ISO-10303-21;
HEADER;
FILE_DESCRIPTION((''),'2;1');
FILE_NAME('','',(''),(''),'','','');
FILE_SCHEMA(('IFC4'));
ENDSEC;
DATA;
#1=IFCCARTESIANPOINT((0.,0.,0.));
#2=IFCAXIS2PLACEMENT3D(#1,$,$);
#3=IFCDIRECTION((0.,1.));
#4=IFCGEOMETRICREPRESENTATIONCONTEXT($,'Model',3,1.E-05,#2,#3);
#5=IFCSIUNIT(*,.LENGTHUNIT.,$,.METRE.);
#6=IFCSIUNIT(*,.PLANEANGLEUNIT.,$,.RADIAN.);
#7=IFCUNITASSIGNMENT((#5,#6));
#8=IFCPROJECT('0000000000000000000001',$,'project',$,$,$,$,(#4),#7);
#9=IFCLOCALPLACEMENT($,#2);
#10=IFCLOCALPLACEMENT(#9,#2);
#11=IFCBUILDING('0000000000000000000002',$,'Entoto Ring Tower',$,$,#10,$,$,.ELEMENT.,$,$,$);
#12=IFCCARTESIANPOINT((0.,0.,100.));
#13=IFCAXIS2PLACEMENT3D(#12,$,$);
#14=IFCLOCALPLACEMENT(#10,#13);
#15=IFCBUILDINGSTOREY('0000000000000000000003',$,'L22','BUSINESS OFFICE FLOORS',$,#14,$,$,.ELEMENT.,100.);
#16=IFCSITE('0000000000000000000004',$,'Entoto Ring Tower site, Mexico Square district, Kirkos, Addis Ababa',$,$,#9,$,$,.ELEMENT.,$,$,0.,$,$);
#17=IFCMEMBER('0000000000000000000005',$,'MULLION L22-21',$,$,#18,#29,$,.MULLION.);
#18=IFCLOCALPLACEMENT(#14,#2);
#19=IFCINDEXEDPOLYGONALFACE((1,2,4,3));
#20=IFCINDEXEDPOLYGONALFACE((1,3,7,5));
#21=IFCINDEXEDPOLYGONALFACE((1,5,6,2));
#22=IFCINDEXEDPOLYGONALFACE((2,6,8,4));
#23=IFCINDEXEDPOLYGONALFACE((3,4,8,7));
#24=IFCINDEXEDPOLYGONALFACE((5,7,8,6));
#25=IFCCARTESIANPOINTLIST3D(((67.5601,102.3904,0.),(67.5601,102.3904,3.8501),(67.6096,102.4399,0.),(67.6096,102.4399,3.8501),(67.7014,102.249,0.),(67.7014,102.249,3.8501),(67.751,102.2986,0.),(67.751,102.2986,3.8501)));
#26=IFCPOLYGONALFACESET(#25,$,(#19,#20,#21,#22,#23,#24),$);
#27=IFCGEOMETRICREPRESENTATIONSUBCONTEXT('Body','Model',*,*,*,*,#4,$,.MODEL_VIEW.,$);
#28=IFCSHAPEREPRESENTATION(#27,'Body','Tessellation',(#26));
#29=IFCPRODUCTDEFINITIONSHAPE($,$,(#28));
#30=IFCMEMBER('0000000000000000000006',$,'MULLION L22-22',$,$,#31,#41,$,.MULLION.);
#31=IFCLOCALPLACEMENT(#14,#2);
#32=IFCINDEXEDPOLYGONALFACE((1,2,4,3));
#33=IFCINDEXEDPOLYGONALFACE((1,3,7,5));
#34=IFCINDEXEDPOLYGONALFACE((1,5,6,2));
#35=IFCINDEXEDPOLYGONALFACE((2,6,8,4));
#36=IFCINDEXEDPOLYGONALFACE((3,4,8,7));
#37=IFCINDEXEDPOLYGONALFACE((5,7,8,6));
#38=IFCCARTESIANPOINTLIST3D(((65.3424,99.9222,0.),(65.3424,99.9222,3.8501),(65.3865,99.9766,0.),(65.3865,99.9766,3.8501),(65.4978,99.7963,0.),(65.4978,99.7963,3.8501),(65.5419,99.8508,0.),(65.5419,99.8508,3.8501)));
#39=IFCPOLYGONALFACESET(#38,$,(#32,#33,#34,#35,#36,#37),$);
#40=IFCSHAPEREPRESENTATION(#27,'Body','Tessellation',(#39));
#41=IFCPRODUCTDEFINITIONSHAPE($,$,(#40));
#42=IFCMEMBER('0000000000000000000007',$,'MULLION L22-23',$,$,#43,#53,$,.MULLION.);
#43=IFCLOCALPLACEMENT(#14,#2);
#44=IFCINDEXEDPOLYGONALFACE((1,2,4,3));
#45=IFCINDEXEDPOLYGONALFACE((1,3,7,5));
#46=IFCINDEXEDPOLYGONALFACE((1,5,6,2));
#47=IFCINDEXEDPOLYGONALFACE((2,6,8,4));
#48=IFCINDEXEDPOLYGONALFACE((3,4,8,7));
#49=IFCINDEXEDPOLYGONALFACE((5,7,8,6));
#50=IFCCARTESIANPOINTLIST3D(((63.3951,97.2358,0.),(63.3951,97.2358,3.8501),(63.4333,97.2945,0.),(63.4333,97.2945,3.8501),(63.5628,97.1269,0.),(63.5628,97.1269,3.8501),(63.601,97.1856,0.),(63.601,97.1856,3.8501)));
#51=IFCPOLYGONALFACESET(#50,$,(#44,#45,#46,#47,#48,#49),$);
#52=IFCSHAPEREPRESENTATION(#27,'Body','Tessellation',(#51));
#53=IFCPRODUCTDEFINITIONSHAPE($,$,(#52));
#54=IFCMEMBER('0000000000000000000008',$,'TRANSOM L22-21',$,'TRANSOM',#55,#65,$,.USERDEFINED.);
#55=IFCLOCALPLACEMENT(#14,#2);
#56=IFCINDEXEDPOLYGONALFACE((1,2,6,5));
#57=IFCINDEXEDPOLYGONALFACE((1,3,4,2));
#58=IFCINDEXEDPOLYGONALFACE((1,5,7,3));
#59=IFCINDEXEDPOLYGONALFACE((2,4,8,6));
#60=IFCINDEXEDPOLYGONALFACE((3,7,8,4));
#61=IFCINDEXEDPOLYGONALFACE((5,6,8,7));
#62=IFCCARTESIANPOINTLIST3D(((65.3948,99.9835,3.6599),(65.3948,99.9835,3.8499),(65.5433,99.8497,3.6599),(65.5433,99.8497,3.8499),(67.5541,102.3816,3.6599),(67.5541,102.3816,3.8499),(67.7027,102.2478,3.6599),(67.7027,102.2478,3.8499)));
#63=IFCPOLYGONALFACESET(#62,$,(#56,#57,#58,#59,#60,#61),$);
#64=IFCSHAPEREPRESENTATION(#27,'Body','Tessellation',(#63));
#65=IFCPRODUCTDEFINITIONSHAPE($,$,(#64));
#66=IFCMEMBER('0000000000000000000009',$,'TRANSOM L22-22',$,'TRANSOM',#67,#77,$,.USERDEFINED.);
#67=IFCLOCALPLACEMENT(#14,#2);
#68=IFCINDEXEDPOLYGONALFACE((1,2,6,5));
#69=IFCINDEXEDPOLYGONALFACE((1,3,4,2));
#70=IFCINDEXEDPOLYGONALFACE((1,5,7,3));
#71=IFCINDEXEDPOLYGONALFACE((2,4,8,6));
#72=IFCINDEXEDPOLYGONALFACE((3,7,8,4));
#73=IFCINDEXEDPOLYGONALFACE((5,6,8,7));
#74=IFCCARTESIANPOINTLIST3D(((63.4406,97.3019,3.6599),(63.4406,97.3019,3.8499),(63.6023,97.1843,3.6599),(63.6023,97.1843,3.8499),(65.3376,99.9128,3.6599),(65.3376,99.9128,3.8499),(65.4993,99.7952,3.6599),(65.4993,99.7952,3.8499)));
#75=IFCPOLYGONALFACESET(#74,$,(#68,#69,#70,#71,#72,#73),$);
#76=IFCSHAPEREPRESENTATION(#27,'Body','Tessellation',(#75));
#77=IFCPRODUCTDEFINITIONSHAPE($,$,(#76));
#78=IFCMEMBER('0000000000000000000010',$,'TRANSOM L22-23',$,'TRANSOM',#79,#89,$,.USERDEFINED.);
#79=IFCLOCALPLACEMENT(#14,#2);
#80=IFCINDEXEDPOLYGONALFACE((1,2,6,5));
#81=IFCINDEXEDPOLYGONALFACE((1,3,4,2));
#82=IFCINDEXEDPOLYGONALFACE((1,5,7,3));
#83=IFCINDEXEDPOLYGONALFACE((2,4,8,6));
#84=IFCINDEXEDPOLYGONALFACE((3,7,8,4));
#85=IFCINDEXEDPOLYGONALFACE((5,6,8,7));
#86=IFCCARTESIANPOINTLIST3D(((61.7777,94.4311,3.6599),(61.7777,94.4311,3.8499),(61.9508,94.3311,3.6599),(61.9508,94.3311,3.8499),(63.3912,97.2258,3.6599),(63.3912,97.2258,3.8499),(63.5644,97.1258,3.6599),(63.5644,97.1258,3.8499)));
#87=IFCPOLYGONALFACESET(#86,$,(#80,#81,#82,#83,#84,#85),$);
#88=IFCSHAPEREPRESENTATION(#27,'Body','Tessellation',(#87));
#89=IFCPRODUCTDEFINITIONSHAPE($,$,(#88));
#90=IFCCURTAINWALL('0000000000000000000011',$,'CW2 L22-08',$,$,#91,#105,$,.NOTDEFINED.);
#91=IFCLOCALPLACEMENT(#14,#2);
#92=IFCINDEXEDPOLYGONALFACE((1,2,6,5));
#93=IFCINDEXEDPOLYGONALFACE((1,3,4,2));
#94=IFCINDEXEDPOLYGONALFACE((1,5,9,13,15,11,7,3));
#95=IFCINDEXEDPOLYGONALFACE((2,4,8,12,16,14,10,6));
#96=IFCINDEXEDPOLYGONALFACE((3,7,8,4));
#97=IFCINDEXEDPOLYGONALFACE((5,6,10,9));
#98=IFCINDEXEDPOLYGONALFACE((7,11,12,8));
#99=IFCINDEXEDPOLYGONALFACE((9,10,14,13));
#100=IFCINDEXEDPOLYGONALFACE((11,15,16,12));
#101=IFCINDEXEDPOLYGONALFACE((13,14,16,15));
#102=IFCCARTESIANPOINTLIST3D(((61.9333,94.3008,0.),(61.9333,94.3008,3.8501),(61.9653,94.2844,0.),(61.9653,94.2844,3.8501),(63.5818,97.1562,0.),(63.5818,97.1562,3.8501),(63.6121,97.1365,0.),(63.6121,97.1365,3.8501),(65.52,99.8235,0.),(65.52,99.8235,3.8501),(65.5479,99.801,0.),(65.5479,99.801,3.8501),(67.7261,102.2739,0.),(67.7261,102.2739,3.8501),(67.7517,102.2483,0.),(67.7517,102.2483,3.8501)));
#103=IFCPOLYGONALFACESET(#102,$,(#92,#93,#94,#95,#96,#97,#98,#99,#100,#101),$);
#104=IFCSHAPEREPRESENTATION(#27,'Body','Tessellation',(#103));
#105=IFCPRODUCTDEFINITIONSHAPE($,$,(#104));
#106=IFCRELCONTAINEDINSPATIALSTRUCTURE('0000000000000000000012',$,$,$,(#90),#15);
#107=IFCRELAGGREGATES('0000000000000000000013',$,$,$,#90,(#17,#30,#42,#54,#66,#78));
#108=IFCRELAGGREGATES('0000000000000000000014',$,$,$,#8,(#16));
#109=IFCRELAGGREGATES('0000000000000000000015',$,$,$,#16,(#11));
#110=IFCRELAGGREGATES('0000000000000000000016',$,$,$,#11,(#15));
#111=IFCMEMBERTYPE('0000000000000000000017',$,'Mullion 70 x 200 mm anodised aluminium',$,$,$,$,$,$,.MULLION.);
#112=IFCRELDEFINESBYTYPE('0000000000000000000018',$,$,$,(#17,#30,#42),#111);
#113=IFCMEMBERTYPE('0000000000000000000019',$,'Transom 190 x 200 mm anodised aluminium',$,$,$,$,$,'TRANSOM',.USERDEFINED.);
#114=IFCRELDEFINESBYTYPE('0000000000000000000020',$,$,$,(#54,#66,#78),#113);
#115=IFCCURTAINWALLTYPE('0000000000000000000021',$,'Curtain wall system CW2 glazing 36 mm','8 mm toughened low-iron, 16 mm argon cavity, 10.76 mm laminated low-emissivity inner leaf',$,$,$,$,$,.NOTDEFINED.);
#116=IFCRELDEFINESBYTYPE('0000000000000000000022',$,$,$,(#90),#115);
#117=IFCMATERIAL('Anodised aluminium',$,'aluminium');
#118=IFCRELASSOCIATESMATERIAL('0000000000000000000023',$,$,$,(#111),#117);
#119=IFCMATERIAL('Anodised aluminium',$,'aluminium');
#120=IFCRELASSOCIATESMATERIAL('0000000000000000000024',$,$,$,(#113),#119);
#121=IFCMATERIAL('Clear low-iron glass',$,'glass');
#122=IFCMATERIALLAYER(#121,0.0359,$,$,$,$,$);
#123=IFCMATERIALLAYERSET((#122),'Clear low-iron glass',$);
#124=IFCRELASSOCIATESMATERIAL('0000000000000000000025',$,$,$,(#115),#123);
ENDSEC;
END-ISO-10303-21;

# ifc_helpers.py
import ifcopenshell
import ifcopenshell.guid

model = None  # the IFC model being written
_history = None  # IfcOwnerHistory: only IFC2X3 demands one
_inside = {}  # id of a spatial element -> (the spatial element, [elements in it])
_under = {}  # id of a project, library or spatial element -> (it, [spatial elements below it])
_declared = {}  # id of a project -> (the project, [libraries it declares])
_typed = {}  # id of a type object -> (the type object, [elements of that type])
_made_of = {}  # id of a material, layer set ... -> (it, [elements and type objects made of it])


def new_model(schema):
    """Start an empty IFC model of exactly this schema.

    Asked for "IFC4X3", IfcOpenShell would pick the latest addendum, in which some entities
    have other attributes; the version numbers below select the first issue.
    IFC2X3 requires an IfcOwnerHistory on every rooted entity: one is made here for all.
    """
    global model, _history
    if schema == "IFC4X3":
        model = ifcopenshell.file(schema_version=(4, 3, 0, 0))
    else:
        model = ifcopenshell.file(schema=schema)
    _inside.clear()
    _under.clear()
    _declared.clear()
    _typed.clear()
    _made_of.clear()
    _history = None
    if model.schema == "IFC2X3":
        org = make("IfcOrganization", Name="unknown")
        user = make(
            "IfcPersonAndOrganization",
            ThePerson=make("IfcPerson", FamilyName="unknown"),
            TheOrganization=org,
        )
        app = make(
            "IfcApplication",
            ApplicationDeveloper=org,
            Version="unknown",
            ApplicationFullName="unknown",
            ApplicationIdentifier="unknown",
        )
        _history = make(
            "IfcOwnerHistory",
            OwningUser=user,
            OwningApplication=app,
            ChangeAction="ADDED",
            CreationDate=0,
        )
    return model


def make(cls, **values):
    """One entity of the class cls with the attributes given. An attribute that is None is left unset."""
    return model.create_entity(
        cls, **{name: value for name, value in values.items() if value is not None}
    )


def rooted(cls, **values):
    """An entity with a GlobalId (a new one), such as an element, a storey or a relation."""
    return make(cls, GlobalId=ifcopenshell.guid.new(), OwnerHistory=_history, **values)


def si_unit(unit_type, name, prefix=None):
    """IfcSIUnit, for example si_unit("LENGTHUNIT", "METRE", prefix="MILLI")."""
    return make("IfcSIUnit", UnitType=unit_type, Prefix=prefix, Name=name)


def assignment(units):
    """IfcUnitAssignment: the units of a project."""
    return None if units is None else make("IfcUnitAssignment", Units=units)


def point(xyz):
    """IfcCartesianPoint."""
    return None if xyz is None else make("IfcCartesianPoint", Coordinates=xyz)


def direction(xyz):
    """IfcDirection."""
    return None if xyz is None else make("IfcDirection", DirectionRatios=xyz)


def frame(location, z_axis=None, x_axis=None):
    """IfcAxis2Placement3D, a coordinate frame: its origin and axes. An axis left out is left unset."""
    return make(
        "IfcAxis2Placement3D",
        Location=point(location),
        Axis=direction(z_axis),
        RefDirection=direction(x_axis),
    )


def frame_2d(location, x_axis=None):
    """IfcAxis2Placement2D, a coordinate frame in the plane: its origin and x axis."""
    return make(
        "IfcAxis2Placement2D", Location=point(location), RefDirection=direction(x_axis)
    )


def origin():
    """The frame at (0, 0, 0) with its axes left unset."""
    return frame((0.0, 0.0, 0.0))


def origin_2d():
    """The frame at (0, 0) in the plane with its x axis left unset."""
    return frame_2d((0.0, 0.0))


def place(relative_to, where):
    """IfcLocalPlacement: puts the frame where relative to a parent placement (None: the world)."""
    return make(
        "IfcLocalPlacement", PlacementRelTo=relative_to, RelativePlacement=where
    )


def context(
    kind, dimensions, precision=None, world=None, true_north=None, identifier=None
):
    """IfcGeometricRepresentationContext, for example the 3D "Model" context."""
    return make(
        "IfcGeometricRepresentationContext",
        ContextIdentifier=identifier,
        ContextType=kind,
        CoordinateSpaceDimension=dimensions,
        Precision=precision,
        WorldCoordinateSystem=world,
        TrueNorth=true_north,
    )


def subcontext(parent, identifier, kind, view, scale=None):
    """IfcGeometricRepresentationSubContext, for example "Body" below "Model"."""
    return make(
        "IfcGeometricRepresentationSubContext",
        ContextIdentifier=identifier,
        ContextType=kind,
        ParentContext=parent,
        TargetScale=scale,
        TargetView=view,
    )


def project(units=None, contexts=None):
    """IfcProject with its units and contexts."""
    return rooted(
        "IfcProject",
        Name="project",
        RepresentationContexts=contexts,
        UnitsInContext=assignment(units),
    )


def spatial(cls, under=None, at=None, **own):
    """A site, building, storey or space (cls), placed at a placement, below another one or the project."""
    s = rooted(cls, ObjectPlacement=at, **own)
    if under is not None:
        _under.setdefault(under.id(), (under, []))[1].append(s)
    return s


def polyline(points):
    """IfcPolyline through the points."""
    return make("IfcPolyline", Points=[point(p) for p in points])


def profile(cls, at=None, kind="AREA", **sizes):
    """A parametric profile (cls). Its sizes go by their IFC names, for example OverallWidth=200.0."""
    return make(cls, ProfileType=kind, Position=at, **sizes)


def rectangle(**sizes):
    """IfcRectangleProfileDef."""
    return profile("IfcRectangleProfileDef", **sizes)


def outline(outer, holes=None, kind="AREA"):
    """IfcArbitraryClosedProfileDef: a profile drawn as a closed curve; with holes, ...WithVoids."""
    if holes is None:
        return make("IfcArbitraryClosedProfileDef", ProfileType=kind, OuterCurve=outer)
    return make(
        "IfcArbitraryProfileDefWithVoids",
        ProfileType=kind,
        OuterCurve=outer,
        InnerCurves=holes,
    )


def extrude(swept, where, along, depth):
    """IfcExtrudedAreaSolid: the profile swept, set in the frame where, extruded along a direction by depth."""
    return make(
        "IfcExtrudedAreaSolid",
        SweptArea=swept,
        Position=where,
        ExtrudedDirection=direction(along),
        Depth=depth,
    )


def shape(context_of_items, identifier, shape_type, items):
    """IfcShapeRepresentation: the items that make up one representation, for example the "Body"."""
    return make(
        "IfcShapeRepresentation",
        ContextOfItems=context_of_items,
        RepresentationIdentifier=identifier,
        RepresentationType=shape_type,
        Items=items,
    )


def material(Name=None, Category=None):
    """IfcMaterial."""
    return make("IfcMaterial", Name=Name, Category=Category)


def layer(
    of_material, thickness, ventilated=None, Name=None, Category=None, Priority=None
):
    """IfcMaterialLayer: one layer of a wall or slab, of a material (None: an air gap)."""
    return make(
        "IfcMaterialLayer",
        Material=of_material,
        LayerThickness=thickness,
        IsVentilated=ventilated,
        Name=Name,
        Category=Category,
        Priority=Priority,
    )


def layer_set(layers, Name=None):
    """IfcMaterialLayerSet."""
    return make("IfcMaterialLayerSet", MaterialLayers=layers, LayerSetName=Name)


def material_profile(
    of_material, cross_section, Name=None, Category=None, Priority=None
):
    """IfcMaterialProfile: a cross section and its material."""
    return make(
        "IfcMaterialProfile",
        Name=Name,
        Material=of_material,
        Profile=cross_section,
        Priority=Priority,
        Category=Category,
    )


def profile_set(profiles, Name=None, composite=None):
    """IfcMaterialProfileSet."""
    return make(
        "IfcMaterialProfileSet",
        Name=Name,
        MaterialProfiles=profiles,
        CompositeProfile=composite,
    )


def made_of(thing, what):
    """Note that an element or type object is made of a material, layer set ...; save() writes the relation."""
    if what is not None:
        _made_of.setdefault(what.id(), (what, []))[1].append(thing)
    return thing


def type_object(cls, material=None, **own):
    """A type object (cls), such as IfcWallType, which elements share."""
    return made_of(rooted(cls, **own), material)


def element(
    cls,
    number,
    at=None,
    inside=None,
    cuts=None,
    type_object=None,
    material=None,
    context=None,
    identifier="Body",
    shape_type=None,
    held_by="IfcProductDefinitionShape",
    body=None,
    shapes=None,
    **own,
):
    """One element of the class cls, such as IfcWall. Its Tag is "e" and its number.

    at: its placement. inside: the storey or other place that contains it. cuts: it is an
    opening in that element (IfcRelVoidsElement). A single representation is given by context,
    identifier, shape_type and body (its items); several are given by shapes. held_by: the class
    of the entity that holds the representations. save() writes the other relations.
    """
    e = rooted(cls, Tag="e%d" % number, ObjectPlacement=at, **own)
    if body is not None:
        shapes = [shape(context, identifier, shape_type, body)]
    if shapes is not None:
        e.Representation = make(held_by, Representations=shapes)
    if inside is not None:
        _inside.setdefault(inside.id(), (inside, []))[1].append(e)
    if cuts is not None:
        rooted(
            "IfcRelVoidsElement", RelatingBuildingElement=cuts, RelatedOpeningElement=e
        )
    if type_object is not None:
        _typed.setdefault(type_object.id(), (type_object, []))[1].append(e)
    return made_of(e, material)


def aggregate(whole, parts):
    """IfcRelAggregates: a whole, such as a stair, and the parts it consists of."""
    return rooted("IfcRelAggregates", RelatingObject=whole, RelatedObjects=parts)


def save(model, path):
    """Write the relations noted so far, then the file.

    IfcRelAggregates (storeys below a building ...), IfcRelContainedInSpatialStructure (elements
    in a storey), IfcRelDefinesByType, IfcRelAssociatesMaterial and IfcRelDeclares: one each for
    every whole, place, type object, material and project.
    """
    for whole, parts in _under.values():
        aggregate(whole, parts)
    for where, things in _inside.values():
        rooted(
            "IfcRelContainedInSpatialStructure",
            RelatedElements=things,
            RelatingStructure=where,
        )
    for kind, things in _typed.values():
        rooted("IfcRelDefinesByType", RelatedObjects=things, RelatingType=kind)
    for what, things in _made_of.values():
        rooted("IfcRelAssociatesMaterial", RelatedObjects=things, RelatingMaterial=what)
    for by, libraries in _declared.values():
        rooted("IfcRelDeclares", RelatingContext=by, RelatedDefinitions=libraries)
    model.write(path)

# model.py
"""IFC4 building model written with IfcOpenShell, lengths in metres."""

from ifc_helpers import new_model, si_unit, direction, frame, origin, origin_2d, place, context, subcontext, project, spatial, polyline, rectangle, outline, extrude, material, layer, layer_set, material_profile, profile_set, type_object, element, aggregate, save


model = new_model("IFC4")

# Units and contexts
model_context = context("Model", 3, precision=1e-05, world=origin(), true_north=direction((0.0, 1.0)))
body_context = subcontext(model_context, "Body", "Model", "MODEL_VIEW")
ifc_project = project(units=[si_unit("LENGTHUNIT", "METRE"), si_unit("PLANEANGLEUNIT", "RADIAN")], contexts=[model_context])

# Members
ifc_material_1 = material(Name="Anodised aluminium", Category="aluminium")
ifc_material_profile_1 = material_profile(ifc_material_1, rectangle(XDim=0.0701, YDim=0.2, at=origin_2d()), Name="Mullion 70 x 200 mm anodised aluminium")
ifc_profile_set_1 = profile_set([ifc_material_profile_1], Name="Anodised aluminium")
member_type_1 = type_object("IfcMemberType", Name="Mullion 70 x 200 mm anodised aluminium", PredefinedType="MULLION", material=ifc_profile_set_1)
site_placement = place(None, origin())
building_placement = place(site_placement, origin())
storey_placement = place(building_placement, frame((0.0, 0.0, 100.0)))
member_1_placement = place(storey_placement, frame((67.6555, 102.3445, 0.0), z_axis=(0.0, 0.0, 1.0), x_axis=(-0.707107, -0.707107, 0.0)))
member_1 = element("IfcMember", 1, at=member_1_placement, type_object=member_type_1, Name="MULLION L22-21", PredefinedType="MULLION", context=body_context, shape_type="SweptSolid", body=[
    extrude(rectangle(XDim=0.0701, YDim=0.2, at=origin_2d()), origin(), (0.0, 0.0, 1.0), 3.8501),
])
member_2_placement = place(storey_placement, frame((65.4421, 99.8865, 0.0), z_axis=(0.0, 0.0, 1.0), x_axis=(-0.62932, -0.777146, 0.0)))
member_2 = element("IfcMember", 2, at=member_2_placement, type_object=member_type_1, Name="MULLION L22-22", PredefinedType="MULLION", context=body_context, shape_type="SweptSolid", body=[
    extrude(rectangle(XDim=0.0701, YDim=0.2, at=origin_2d()), origin(), (0.0, 0.0, 1.0), 3.8501),
])
member_3_placement = place(storey_placement, frame((63.498, 97.2107, 0.0), z_axis=(0.0, 0.0, 1.0), x_axis=(-0.544639, -0.838671, 0.0)))
member_3 = element("IfcMember", 3, at=member_3_placement, type_object=member_type_1, Name="MULLION L22-23", PredefinedType="MULLION", context=body_context, shape_type="SweptSolid", body=[
    extrude(rectangle(XDim=0.0701, YDim=0.2, at=origin_2d()), origin(), (0.0, 0.0, 1.0), 3.8501),
])
ifc_material_2 = material(Name="Anodised aluminium", Category="aluminium")
ifc_material_profile_2 = material_profile(ifc_material_2, rectangle(XDim=0.2, YDim=0.1899, at=origin_2d()), Name="Transom 190 x 200 mm anodised aluminium")
ifc_profile_set_2 = profile_set([ifc_material_profile_2], Name="Anodised aluminium")
member_type_2 = type_object("IfcMemberType", Name="Transom 190 x 200 mm anodised aluminium", ElementType="TRANSOM", PredefinedType="USERDEFINED", material=ifc_profile_set_2)
member_4_placement = place(storey_placement, frame((67.6284, 102.3147, 3.7549), z_axis=(-0.669144, -0.743132, 0.0), x_axis=(0.743132, -0.669144, 0.0)))
member_4 = element("IfcMember", 4, at=member_4_placement, type_object=member_type_2, Name="TRANSOM L22-21", ObjectType="TRANSOM", PredefinedType="USERDEFINED", context=body_context, shape_type="SweptSolid", body=[
    extrude(rectangle(XDim=0.2, YDim=0.1899, at=origin_2d()), origin(), (0.0, 0.0, 1.0), 3.2271),
])
member_5_placement = place(storey_placement, frame((65.4185, 99.854, 3.7549), z_axis=(-0.587803, -0.809004, 0.0), x_axis=(0.809004, -0.587803, 0.0)))
member_5 = element("IfcMember", 5, at=member_5_placement, type_object=member_type_2, Name="TRANSOM L22-22", ObjectType="TRANSOM", PredefinedType="USERDEFINED", context=body_context, shape_type="SweptSolid", body=[
    extrude(rectangle(XDim=0.2, YDim=0.1899, at=origin_2d()), origin(), (0.0, 0.0, 1.0), 3.2273),
])
member_6_placement = place(storey_placement, frame((63.4778, 97.1758, 3.7549), z_axis=(-0.500004, -0.866023, 0.0), x_axis=(0.866023, -0.500004, 0.0)))
member_6 = element("IfcMember", 6, at=member_6_placement, type_object=member_type_2, Name="TRANSOM L22-23", ObjectType="TRANSOM", PredefinedType="USERDEFINED", context=body_context, shape_type="SweptSolid", body=[
    extrude(rectangle(XDim=0.2, YDim=0.1899, at=origin_2d()), origin(), (0.0, 0.0, 1.0), 3.2271),
])

# Site, building, storey
site = spatial("IfcSite", under=ifc_project, at=site_placement, Name="Entoto Ring Tower site, Mexico Square district, Kirkos, Addis Ababa", CompositionType="ELEMENT", RefElevation=0.0)
building = spatial("IfcBuilding", under=site, at=building_placement, Name="Entoto Ring Tower", CompositionType="ELEMENT")
storey = spatial("IfcBuildingStorey", under=building, at=storey_placement, Name="L22", Description="BUSINESS OFFICE FLOORS", CompositionType="ELEMENT", Elevation=100.0)

# Curtain wall
ifc_material_3 = material(Name="Clear low-iron glass", Category="glass")
ifc_layer = layer(ifc_material_3, 0.0359)
ifc_layer_set = layer_set([ifc_layer], Name="Clear low-iron glass")
curtain_wall_type = type_object("IfcCurtainWallType", Name="Curtain wall system CW2 glazing 36 mm", Description="8 mm toughened low-iron, 16 mm argon cavity, 10.76 mm laminated low-emissivity inner leaf", PredefinedType="NOTDEFINED", material=ifc_layer_set)
curtain_wall_1_placement = place(storey_placement, origin())
curtain_wall_1 = element("IfcCurtainWall", 7, at=curtain_wall_1_placement, inside=storey, type_object=curtain_wall_type, Name="CW2 L22-08", PredefinedType="NOTDEFINED", context=body_context, shape_type="SweptSolid", body=[
    extrude(outline(polyline([(67.7261, 102.2739), (65.52, 99.8235), (63.5818, 97.1562), (61.9333, 94.3008), (61.9653, 94.2844), (63.6121, 97.1365), (65.5479, 99.801), (67.7517, 102.2483), (67.7261, 102.2739)])), origin(), (0.0, 0.0, 1.0), 3.8501),
])
aggregate(curtain_wall_1, [member_1, member_2, member_3, member_4, member_5, member_6])

save(model, "model.ifc")
